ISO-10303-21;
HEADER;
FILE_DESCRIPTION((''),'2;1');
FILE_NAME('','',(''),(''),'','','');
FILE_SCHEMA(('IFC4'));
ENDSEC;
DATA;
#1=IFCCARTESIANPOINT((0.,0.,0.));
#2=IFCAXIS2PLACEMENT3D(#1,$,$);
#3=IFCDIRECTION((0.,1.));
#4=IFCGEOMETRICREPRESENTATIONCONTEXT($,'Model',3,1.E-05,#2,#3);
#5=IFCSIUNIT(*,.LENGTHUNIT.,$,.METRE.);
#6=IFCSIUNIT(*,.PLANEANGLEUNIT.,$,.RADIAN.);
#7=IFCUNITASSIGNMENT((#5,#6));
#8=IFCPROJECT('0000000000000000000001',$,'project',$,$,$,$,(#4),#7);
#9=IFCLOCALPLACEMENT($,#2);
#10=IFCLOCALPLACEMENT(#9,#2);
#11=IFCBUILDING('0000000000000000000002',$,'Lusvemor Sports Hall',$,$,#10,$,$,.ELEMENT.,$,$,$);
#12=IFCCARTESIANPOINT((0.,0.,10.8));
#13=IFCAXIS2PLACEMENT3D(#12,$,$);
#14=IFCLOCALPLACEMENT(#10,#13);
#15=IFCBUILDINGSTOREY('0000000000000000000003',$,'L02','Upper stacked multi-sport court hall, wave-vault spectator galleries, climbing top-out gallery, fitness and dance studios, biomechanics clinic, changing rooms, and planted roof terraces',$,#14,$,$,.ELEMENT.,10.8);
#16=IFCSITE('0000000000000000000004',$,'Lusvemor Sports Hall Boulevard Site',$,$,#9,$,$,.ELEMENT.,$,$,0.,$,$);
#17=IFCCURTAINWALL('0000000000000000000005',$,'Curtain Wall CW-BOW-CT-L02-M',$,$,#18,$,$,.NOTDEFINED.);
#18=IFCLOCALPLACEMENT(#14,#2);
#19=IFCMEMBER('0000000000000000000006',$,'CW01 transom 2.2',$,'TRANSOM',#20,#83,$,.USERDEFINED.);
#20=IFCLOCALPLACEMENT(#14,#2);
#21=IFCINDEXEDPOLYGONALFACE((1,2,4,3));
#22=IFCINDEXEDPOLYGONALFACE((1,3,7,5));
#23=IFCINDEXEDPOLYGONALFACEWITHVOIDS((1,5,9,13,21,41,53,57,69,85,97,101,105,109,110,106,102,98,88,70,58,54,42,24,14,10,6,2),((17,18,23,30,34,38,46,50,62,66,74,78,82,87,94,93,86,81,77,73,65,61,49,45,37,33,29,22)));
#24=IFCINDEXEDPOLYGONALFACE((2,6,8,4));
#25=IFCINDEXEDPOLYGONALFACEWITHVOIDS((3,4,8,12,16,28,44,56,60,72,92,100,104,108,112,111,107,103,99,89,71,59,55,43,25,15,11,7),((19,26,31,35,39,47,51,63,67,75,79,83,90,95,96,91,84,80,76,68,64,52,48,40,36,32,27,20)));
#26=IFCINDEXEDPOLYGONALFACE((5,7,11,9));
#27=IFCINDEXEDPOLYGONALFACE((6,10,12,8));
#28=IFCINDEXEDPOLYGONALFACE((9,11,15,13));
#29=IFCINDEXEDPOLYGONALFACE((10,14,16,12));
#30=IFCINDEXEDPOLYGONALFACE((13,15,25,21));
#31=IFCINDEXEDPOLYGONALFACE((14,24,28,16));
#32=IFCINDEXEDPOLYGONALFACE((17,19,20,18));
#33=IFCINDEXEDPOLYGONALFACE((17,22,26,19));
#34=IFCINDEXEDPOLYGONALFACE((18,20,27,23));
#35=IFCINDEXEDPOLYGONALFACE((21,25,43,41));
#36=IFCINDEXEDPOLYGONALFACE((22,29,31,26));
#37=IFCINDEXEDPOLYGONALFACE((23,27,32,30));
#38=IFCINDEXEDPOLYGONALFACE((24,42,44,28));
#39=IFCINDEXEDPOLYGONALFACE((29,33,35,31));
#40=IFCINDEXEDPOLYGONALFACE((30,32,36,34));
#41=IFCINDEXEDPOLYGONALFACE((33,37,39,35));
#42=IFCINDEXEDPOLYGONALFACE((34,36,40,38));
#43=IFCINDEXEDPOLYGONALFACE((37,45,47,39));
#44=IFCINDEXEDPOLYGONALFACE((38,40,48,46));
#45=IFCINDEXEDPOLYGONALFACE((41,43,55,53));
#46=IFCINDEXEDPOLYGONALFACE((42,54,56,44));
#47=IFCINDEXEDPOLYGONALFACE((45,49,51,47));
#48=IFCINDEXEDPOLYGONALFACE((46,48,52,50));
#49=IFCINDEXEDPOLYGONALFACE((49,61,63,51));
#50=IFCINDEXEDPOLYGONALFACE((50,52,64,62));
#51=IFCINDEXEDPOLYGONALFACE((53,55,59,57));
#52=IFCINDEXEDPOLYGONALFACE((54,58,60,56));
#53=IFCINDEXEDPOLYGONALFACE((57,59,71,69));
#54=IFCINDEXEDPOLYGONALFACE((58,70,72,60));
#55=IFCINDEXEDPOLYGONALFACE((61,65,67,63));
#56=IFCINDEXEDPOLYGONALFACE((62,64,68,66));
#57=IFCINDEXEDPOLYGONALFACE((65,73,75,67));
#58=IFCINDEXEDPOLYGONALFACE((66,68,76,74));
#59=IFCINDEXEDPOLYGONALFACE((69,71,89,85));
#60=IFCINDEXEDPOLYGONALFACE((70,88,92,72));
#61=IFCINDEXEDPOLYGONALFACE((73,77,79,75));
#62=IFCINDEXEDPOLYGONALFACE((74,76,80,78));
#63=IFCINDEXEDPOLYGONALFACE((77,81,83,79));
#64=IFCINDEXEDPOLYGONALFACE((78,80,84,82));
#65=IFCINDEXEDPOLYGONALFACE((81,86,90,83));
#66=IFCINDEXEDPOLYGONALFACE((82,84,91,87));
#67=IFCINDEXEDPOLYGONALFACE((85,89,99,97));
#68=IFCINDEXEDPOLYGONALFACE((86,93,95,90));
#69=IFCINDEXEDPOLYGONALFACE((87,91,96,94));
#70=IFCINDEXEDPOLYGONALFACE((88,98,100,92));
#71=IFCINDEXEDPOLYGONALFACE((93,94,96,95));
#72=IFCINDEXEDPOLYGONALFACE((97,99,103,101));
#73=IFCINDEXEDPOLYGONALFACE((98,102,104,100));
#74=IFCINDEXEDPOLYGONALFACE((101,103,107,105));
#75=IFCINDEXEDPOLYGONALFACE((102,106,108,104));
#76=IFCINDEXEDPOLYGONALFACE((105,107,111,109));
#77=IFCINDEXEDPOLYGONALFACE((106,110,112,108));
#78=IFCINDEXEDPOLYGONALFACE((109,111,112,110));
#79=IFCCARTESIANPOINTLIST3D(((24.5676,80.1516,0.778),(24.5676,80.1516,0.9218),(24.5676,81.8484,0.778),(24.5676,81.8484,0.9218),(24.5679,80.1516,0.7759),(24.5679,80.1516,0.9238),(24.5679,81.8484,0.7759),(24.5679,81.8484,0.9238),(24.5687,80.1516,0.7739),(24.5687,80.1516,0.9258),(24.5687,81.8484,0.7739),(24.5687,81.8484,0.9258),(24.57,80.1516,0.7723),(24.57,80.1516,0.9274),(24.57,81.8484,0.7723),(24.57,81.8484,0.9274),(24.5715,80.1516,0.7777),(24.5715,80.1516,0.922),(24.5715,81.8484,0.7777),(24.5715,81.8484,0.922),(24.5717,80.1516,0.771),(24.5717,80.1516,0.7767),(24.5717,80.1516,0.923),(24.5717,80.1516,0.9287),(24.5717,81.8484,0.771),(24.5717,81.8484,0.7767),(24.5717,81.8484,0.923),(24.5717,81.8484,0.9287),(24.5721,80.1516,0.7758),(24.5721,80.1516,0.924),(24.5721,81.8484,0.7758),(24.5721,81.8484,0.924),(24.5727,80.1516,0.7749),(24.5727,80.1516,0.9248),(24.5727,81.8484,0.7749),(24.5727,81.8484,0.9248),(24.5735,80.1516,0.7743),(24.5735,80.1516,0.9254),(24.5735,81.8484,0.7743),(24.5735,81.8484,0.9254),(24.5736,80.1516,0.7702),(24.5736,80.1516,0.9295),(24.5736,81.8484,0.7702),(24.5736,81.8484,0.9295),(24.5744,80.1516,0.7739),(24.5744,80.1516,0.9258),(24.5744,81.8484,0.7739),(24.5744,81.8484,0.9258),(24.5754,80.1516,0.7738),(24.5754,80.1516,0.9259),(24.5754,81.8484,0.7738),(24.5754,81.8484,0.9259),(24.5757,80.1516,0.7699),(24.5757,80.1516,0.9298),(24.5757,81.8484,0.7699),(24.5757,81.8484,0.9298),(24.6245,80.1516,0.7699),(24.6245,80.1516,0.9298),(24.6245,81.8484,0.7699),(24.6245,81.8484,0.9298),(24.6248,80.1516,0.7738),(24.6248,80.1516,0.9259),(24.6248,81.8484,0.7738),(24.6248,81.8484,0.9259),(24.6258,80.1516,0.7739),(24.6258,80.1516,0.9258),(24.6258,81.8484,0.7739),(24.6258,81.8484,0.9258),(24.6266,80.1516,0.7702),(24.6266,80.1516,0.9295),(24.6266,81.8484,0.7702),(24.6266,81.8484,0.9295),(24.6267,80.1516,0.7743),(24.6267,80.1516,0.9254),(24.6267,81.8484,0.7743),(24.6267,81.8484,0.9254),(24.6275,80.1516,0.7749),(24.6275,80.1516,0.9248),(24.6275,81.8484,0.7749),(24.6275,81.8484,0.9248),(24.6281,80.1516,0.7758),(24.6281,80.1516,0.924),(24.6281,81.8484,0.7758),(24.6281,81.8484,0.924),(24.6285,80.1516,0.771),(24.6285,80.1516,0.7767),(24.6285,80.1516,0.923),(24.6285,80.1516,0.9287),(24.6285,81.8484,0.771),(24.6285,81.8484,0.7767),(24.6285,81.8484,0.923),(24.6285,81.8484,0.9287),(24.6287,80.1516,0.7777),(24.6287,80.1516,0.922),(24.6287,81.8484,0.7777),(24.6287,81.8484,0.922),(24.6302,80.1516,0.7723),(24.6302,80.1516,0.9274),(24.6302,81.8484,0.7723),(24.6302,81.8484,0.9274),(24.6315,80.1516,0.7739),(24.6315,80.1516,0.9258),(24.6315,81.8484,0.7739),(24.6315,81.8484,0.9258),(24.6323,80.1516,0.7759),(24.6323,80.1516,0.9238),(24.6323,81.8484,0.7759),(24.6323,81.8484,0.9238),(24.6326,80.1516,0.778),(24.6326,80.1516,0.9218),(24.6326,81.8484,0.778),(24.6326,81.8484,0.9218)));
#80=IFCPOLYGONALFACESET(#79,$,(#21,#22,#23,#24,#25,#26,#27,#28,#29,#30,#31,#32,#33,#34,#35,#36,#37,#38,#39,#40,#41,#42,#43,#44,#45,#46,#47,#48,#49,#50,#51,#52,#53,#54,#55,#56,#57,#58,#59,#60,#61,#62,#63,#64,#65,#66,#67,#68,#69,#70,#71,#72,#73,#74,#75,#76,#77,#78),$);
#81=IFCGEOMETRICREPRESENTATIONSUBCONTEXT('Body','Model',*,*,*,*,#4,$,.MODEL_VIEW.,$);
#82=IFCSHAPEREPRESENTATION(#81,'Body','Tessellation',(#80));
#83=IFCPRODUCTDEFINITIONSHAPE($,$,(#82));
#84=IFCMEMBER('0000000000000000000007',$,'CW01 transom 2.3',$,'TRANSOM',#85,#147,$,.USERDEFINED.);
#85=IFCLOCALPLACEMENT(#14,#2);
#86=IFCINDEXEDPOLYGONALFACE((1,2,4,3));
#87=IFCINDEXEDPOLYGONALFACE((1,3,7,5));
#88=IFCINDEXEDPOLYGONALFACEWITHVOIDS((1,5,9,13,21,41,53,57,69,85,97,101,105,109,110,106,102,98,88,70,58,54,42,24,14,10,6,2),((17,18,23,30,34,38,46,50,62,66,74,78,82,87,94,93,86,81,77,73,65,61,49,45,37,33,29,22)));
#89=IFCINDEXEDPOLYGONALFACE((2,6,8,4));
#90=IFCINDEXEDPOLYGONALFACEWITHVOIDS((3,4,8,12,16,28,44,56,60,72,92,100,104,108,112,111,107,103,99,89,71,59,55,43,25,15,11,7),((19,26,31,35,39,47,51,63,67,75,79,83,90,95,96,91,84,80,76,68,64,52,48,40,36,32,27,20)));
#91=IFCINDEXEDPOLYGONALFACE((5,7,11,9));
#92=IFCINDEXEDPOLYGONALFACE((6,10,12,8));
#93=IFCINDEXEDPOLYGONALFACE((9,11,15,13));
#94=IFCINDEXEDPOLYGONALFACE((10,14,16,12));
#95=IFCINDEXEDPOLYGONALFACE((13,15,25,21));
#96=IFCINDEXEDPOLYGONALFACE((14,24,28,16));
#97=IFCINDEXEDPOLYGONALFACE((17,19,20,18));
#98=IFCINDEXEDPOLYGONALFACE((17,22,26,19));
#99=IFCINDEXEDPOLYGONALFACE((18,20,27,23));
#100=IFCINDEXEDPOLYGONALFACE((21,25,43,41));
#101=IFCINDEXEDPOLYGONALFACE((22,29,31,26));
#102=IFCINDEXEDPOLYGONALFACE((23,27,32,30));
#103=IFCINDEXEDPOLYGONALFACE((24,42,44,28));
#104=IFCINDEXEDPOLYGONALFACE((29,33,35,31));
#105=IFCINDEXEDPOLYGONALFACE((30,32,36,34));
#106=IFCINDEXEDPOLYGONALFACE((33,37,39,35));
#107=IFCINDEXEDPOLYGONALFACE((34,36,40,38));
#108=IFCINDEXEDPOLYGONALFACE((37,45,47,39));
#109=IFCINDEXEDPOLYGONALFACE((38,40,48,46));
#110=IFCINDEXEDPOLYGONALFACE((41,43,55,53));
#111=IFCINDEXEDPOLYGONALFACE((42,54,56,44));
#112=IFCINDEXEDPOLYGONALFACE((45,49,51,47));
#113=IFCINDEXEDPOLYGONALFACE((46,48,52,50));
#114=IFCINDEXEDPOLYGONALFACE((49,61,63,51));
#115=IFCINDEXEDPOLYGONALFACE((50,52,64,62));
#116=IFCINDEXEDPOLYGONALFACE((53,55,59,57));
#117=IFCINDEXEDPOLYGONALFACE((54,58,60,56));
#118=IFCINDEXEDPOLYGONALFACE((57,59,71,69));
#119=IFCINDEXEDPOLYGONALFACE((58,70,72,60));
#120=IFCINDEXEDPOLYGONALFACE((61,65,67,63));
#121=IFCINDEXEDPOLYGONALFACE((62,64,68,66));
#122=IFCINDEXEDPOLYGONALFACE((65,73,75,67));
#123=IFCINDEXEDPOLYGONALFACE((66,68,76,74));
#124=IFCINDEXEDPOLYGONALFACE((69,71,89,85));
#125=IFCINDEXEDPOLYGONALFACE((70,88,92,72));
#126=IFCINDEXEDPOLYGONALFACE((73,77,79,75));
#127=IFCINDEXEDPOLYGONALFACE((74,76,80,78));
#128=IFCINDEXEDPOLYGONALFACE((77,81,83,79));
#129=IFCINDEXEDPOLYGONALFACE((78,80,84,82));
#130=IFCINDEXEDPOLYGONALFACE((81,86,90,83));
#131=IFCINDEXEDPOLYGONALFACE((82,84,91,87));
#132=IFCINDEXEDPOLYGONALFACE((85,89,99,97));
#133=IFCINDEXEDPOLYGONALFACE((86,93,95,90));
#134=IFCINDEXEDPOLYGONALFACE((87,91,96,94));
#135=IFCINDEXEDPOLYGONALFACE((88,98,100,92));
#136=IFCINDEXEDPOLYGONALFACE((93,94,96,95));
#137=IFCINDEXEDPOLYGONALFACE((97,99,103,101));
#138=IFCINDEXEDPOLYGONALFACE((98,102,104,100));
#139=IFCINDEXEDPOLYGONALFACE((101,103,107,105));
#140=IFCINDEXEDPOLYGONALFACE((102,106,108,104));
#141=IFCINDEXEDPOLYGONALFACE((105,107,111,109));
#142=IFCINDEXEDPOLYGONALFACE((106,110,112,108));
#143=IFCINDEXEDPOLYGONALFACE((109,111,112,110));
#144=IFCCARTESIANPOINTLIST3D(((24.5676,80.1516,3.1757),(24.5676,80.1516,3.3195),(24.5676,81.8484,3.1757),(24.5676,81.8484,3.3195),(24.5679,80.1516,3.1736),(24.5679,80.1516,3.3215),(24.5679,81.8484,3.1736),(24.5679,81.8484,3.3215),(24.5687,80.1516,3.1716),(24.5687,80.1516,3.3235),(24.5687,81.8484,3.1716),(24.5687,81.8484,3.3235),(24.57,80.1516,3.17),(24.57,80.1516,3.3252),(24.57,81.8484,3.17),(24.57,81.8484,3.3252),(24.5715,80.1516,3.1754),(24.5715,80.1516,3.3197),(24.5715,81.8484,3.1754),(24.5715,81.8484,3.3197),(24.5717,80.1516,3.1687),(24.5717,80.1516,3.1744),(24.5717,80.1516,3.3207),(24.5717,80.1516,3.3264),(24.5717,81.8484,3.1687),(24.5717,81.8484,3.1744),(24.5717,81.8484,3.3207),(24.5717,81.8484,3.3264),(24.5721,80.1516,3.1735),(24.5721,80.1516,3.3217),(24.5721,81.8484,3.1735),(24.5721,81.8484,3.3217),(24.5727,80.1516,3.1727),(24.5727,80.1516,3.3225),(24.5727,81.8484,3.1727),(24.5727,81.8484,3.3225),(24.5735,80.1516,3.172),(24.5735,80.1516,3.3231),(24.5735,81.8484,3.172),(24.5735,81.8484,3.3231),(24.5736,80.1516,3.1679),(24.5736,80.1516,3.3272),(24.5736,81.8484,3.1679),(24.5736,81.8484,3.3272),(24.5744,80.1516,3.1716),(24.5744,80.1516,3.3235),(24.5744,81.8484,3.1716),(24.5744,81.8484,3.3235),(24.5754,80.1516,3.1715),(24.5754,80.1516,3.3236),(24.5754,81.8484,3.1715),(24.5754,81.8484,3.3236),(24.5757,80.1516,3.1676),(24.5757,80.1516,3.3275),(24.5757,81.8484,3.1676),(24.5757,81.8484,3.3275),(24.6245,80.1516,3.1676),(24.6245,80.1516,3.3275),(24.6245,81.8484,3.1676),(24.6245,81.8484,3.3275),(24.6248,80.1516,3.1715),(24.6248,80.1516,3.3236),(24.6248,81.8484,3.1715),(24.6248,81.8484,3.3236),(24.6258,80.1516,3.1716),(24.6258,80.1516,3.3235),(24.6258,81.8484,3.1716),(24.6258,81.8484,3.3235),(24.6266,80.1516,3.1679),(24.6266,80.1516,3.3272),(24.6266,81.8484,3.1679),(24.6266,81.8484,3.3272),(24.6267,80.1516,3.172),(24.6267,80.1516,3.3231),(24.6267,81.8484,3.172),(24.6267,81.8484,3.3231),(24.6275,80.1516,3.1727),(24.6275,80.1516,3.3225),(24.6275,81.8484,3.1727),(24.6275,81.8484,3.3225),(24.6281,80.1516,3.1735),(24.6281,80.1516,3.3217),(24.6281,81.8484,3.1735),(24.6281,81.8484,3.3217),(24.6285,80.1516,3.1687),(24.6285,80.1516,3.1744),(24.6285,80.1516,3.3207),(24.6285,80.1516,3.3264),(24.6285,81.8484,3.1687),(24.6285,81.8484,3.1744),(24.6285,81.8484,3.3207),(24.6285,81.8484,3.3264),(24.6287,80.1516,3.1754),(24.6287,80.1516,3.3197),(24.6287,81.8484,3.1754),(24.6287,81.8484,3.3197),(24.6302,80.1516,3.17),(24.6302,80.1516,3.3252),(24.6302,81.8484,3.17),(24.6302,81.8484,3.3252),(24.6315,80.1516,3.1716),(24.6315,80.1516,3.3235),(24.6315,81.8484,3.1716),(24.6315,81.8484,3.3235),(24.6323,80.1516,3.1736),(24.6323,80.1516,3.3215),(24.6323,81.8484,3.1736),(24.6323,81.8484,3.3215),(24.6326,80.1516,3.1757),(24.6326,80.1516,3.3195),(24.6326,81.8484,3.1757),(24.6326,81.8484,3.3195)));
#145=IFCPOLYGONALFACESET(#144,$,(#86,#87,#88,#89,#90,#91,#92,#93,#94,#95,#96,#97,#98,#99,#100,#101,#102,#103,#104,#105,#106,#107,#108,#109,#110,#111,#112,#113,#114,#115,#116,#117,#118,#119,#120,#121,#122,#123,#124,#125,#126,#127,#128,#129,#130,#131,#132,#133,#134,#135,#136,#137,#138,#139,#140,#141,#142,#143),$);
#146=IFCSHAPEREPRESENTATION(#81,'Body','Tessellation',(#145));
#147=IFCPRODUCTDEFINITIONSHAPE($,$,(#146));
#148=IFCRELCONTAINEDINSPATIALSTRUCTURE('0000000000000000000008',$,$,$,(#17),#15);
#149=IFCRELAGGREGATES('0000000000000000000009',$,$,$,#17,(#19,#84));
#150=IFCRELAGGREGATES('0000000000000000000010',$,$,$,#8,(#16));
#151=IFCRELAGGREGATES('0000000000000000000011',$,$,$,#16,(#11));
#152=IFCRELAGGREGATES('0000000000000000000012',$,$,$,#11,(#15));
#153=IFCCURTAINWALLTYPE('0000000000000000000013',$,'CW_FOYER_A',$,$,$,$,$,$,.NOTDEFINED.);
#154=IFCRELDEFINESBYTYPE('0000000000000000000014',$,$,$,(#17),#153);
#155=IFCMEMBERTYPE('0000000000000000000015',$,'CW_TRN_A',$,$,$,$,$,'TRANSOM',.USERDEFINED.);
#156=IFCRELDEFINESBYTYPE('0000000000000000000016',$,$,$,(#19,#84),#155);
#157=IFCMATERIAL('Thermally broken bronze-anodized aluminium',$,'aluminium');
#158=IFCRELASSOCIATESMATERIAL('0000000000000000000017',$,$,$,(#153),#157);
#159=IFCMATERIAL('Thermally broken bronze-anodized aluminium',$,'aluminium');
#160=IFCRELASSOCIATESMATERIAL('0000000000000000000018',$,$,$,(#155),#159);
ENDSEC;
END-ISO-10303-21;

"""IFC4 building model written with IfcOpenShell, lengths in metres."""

from ifc_helpers import new_model, si_unit, direction, frame, origin, origin_2d, place, context, subcontext, project, spatial, hollow_rectangle, extrude, material, material_profile, profile_set, type_object, element, aggregate, save


model = new_model("IFC4")

# Units and contexts
model_context = context("Model", 3, precision=1e-05, world=origin(), true_north=direction((0.0, 1.0)))
body_context = subcontext(model_context, "Body", "Model", "MODEL_VIEW")
ifc_project = project(units=[si_unit("LENGTHUNIT", "METRE"), si_unit("PLANEANGLEUNIT", "RADIAN")], contexts=[model_context])

# Site, building, storey
site_placement = place(None, origin())
site = spatial("IfcSite", under=ifc_project, at=site_placement, Name="Lusvemor Sports Hall Boulevard Site", CompositionType="ELEMENT", RefElevation=0.0)
building_placement = place(site_placement, origin())
building = spatial("IfcBuilding", under=site, at=building_placement, Name="Lusvemor Sports Hall", CompositionType="ELEMENT")
storey_placement = place(building_placement, frame((0.0, 0.0, 10.8)))
storey = spatial("IfcBuildingStorey", under=building, at=storey_placement, Name="L02", Description="Upper stacked multi-sport court hall, wave-vault spectator galleries, climbing top-out gallery, fitness and dance studios, biomechanics clinic, changing rooms, and planted roof terraces", CompositionType="ELEMENT", Elevation=10.8)

# Curtain wall, members
ifc_material_1 = material(Name="Thermally broken bronze-anodized aluminium", Category="aluminium")
curtain_wall_type = type_object("IfcCurtainWallType", Name="CW_FOYER_A", PredefinedType="NOTDEFINED", material=ifc_material_1)
curtain_wall_placement = place(storey_placement, origin())
curtain_wall = element("IfcCurtainWall", 1, at=curtain_wall_placement, inside=storey, type_object=curtain_wall_type, Name="Curtain Wall CW-BOW-CT-L02-M", PredefinedType="NOTDEFINED")
ifc_material_2 = material(Name="Thermally broken bronze-anodized aluminium", Category="aluminium")
ifc_material_profile_1 = material_profile(ifc_material_2, hollow_rectangle(XDim=0.0649, YDim=0.1599, WallThickness=0.0039, InnerFilletRadius=0.0039, OuterFilletRadius=0.0081, at=origin_2d()), Name="CWTRN160x65x4")
ifc_profile_set_1 = profile_set([ifc_material_profile_1], Name="Thermally broken bronze-anodized aluminium")
member_type_1 = type_object("IfcMemberType", Name="CW_TRN_A", ElementType="TRANSOM", PredefinedType="USERDEFINED", material=ifc_profile_set_1)
member_1_placement = place(storey_placement, frame((24.6001, 81.8484, 0.8499), z_axis=(0.0, -1.0, 0.0), x_axis=(1.0, 0.0, 0.0)))
member_1 = element("IfcMember", 2, at=member_1_placement, type_object=member_type_1, Name="CW01 transom 2.2", ObjectType="TRANSOM", PredefinedType="USERDEFINED", context=body_context, shape_type="SweptSolid", body=[
    extrude(hollow_rectangle(XDim=0.0649, YDim=0.1599, WallThickness=0.0039, InnerFilletRadius=0.0039, OuterFilletRadius=0.0081, at=origin_2d()), origin(), (0.0, 0.0, 1.0), 1.6968),
])
member_2_placement = place(storey_placement, frame((24.6001, 81.8484, 3.2476), z_axis=(0.0, -1.0, 0.0), x_axis=(1.0, 0.0, 0.0)))
member_2 = element("IfcMember", 3, at=member_2_placement, type_object=member_type_1, Name="CW01 transom 2.3", ObjectType="TRANSOM", PredefinedType="USERDEFINED", context=body_context, shape_type="SweptSolid", body=[
    extrude(hollow_rectangle(XDim=0.0649, YDim=0.1599, WallThickness=0.0039, InnerFilletRadius=0.0039, OuterFilletRadius=0.0081, at=origin_2d()), origin(), (0.0, 0.0, 1.0), 1.6968),
])

aggregate(curtain_wall, [member_1, member_2])

save(model, "model.ifc")
